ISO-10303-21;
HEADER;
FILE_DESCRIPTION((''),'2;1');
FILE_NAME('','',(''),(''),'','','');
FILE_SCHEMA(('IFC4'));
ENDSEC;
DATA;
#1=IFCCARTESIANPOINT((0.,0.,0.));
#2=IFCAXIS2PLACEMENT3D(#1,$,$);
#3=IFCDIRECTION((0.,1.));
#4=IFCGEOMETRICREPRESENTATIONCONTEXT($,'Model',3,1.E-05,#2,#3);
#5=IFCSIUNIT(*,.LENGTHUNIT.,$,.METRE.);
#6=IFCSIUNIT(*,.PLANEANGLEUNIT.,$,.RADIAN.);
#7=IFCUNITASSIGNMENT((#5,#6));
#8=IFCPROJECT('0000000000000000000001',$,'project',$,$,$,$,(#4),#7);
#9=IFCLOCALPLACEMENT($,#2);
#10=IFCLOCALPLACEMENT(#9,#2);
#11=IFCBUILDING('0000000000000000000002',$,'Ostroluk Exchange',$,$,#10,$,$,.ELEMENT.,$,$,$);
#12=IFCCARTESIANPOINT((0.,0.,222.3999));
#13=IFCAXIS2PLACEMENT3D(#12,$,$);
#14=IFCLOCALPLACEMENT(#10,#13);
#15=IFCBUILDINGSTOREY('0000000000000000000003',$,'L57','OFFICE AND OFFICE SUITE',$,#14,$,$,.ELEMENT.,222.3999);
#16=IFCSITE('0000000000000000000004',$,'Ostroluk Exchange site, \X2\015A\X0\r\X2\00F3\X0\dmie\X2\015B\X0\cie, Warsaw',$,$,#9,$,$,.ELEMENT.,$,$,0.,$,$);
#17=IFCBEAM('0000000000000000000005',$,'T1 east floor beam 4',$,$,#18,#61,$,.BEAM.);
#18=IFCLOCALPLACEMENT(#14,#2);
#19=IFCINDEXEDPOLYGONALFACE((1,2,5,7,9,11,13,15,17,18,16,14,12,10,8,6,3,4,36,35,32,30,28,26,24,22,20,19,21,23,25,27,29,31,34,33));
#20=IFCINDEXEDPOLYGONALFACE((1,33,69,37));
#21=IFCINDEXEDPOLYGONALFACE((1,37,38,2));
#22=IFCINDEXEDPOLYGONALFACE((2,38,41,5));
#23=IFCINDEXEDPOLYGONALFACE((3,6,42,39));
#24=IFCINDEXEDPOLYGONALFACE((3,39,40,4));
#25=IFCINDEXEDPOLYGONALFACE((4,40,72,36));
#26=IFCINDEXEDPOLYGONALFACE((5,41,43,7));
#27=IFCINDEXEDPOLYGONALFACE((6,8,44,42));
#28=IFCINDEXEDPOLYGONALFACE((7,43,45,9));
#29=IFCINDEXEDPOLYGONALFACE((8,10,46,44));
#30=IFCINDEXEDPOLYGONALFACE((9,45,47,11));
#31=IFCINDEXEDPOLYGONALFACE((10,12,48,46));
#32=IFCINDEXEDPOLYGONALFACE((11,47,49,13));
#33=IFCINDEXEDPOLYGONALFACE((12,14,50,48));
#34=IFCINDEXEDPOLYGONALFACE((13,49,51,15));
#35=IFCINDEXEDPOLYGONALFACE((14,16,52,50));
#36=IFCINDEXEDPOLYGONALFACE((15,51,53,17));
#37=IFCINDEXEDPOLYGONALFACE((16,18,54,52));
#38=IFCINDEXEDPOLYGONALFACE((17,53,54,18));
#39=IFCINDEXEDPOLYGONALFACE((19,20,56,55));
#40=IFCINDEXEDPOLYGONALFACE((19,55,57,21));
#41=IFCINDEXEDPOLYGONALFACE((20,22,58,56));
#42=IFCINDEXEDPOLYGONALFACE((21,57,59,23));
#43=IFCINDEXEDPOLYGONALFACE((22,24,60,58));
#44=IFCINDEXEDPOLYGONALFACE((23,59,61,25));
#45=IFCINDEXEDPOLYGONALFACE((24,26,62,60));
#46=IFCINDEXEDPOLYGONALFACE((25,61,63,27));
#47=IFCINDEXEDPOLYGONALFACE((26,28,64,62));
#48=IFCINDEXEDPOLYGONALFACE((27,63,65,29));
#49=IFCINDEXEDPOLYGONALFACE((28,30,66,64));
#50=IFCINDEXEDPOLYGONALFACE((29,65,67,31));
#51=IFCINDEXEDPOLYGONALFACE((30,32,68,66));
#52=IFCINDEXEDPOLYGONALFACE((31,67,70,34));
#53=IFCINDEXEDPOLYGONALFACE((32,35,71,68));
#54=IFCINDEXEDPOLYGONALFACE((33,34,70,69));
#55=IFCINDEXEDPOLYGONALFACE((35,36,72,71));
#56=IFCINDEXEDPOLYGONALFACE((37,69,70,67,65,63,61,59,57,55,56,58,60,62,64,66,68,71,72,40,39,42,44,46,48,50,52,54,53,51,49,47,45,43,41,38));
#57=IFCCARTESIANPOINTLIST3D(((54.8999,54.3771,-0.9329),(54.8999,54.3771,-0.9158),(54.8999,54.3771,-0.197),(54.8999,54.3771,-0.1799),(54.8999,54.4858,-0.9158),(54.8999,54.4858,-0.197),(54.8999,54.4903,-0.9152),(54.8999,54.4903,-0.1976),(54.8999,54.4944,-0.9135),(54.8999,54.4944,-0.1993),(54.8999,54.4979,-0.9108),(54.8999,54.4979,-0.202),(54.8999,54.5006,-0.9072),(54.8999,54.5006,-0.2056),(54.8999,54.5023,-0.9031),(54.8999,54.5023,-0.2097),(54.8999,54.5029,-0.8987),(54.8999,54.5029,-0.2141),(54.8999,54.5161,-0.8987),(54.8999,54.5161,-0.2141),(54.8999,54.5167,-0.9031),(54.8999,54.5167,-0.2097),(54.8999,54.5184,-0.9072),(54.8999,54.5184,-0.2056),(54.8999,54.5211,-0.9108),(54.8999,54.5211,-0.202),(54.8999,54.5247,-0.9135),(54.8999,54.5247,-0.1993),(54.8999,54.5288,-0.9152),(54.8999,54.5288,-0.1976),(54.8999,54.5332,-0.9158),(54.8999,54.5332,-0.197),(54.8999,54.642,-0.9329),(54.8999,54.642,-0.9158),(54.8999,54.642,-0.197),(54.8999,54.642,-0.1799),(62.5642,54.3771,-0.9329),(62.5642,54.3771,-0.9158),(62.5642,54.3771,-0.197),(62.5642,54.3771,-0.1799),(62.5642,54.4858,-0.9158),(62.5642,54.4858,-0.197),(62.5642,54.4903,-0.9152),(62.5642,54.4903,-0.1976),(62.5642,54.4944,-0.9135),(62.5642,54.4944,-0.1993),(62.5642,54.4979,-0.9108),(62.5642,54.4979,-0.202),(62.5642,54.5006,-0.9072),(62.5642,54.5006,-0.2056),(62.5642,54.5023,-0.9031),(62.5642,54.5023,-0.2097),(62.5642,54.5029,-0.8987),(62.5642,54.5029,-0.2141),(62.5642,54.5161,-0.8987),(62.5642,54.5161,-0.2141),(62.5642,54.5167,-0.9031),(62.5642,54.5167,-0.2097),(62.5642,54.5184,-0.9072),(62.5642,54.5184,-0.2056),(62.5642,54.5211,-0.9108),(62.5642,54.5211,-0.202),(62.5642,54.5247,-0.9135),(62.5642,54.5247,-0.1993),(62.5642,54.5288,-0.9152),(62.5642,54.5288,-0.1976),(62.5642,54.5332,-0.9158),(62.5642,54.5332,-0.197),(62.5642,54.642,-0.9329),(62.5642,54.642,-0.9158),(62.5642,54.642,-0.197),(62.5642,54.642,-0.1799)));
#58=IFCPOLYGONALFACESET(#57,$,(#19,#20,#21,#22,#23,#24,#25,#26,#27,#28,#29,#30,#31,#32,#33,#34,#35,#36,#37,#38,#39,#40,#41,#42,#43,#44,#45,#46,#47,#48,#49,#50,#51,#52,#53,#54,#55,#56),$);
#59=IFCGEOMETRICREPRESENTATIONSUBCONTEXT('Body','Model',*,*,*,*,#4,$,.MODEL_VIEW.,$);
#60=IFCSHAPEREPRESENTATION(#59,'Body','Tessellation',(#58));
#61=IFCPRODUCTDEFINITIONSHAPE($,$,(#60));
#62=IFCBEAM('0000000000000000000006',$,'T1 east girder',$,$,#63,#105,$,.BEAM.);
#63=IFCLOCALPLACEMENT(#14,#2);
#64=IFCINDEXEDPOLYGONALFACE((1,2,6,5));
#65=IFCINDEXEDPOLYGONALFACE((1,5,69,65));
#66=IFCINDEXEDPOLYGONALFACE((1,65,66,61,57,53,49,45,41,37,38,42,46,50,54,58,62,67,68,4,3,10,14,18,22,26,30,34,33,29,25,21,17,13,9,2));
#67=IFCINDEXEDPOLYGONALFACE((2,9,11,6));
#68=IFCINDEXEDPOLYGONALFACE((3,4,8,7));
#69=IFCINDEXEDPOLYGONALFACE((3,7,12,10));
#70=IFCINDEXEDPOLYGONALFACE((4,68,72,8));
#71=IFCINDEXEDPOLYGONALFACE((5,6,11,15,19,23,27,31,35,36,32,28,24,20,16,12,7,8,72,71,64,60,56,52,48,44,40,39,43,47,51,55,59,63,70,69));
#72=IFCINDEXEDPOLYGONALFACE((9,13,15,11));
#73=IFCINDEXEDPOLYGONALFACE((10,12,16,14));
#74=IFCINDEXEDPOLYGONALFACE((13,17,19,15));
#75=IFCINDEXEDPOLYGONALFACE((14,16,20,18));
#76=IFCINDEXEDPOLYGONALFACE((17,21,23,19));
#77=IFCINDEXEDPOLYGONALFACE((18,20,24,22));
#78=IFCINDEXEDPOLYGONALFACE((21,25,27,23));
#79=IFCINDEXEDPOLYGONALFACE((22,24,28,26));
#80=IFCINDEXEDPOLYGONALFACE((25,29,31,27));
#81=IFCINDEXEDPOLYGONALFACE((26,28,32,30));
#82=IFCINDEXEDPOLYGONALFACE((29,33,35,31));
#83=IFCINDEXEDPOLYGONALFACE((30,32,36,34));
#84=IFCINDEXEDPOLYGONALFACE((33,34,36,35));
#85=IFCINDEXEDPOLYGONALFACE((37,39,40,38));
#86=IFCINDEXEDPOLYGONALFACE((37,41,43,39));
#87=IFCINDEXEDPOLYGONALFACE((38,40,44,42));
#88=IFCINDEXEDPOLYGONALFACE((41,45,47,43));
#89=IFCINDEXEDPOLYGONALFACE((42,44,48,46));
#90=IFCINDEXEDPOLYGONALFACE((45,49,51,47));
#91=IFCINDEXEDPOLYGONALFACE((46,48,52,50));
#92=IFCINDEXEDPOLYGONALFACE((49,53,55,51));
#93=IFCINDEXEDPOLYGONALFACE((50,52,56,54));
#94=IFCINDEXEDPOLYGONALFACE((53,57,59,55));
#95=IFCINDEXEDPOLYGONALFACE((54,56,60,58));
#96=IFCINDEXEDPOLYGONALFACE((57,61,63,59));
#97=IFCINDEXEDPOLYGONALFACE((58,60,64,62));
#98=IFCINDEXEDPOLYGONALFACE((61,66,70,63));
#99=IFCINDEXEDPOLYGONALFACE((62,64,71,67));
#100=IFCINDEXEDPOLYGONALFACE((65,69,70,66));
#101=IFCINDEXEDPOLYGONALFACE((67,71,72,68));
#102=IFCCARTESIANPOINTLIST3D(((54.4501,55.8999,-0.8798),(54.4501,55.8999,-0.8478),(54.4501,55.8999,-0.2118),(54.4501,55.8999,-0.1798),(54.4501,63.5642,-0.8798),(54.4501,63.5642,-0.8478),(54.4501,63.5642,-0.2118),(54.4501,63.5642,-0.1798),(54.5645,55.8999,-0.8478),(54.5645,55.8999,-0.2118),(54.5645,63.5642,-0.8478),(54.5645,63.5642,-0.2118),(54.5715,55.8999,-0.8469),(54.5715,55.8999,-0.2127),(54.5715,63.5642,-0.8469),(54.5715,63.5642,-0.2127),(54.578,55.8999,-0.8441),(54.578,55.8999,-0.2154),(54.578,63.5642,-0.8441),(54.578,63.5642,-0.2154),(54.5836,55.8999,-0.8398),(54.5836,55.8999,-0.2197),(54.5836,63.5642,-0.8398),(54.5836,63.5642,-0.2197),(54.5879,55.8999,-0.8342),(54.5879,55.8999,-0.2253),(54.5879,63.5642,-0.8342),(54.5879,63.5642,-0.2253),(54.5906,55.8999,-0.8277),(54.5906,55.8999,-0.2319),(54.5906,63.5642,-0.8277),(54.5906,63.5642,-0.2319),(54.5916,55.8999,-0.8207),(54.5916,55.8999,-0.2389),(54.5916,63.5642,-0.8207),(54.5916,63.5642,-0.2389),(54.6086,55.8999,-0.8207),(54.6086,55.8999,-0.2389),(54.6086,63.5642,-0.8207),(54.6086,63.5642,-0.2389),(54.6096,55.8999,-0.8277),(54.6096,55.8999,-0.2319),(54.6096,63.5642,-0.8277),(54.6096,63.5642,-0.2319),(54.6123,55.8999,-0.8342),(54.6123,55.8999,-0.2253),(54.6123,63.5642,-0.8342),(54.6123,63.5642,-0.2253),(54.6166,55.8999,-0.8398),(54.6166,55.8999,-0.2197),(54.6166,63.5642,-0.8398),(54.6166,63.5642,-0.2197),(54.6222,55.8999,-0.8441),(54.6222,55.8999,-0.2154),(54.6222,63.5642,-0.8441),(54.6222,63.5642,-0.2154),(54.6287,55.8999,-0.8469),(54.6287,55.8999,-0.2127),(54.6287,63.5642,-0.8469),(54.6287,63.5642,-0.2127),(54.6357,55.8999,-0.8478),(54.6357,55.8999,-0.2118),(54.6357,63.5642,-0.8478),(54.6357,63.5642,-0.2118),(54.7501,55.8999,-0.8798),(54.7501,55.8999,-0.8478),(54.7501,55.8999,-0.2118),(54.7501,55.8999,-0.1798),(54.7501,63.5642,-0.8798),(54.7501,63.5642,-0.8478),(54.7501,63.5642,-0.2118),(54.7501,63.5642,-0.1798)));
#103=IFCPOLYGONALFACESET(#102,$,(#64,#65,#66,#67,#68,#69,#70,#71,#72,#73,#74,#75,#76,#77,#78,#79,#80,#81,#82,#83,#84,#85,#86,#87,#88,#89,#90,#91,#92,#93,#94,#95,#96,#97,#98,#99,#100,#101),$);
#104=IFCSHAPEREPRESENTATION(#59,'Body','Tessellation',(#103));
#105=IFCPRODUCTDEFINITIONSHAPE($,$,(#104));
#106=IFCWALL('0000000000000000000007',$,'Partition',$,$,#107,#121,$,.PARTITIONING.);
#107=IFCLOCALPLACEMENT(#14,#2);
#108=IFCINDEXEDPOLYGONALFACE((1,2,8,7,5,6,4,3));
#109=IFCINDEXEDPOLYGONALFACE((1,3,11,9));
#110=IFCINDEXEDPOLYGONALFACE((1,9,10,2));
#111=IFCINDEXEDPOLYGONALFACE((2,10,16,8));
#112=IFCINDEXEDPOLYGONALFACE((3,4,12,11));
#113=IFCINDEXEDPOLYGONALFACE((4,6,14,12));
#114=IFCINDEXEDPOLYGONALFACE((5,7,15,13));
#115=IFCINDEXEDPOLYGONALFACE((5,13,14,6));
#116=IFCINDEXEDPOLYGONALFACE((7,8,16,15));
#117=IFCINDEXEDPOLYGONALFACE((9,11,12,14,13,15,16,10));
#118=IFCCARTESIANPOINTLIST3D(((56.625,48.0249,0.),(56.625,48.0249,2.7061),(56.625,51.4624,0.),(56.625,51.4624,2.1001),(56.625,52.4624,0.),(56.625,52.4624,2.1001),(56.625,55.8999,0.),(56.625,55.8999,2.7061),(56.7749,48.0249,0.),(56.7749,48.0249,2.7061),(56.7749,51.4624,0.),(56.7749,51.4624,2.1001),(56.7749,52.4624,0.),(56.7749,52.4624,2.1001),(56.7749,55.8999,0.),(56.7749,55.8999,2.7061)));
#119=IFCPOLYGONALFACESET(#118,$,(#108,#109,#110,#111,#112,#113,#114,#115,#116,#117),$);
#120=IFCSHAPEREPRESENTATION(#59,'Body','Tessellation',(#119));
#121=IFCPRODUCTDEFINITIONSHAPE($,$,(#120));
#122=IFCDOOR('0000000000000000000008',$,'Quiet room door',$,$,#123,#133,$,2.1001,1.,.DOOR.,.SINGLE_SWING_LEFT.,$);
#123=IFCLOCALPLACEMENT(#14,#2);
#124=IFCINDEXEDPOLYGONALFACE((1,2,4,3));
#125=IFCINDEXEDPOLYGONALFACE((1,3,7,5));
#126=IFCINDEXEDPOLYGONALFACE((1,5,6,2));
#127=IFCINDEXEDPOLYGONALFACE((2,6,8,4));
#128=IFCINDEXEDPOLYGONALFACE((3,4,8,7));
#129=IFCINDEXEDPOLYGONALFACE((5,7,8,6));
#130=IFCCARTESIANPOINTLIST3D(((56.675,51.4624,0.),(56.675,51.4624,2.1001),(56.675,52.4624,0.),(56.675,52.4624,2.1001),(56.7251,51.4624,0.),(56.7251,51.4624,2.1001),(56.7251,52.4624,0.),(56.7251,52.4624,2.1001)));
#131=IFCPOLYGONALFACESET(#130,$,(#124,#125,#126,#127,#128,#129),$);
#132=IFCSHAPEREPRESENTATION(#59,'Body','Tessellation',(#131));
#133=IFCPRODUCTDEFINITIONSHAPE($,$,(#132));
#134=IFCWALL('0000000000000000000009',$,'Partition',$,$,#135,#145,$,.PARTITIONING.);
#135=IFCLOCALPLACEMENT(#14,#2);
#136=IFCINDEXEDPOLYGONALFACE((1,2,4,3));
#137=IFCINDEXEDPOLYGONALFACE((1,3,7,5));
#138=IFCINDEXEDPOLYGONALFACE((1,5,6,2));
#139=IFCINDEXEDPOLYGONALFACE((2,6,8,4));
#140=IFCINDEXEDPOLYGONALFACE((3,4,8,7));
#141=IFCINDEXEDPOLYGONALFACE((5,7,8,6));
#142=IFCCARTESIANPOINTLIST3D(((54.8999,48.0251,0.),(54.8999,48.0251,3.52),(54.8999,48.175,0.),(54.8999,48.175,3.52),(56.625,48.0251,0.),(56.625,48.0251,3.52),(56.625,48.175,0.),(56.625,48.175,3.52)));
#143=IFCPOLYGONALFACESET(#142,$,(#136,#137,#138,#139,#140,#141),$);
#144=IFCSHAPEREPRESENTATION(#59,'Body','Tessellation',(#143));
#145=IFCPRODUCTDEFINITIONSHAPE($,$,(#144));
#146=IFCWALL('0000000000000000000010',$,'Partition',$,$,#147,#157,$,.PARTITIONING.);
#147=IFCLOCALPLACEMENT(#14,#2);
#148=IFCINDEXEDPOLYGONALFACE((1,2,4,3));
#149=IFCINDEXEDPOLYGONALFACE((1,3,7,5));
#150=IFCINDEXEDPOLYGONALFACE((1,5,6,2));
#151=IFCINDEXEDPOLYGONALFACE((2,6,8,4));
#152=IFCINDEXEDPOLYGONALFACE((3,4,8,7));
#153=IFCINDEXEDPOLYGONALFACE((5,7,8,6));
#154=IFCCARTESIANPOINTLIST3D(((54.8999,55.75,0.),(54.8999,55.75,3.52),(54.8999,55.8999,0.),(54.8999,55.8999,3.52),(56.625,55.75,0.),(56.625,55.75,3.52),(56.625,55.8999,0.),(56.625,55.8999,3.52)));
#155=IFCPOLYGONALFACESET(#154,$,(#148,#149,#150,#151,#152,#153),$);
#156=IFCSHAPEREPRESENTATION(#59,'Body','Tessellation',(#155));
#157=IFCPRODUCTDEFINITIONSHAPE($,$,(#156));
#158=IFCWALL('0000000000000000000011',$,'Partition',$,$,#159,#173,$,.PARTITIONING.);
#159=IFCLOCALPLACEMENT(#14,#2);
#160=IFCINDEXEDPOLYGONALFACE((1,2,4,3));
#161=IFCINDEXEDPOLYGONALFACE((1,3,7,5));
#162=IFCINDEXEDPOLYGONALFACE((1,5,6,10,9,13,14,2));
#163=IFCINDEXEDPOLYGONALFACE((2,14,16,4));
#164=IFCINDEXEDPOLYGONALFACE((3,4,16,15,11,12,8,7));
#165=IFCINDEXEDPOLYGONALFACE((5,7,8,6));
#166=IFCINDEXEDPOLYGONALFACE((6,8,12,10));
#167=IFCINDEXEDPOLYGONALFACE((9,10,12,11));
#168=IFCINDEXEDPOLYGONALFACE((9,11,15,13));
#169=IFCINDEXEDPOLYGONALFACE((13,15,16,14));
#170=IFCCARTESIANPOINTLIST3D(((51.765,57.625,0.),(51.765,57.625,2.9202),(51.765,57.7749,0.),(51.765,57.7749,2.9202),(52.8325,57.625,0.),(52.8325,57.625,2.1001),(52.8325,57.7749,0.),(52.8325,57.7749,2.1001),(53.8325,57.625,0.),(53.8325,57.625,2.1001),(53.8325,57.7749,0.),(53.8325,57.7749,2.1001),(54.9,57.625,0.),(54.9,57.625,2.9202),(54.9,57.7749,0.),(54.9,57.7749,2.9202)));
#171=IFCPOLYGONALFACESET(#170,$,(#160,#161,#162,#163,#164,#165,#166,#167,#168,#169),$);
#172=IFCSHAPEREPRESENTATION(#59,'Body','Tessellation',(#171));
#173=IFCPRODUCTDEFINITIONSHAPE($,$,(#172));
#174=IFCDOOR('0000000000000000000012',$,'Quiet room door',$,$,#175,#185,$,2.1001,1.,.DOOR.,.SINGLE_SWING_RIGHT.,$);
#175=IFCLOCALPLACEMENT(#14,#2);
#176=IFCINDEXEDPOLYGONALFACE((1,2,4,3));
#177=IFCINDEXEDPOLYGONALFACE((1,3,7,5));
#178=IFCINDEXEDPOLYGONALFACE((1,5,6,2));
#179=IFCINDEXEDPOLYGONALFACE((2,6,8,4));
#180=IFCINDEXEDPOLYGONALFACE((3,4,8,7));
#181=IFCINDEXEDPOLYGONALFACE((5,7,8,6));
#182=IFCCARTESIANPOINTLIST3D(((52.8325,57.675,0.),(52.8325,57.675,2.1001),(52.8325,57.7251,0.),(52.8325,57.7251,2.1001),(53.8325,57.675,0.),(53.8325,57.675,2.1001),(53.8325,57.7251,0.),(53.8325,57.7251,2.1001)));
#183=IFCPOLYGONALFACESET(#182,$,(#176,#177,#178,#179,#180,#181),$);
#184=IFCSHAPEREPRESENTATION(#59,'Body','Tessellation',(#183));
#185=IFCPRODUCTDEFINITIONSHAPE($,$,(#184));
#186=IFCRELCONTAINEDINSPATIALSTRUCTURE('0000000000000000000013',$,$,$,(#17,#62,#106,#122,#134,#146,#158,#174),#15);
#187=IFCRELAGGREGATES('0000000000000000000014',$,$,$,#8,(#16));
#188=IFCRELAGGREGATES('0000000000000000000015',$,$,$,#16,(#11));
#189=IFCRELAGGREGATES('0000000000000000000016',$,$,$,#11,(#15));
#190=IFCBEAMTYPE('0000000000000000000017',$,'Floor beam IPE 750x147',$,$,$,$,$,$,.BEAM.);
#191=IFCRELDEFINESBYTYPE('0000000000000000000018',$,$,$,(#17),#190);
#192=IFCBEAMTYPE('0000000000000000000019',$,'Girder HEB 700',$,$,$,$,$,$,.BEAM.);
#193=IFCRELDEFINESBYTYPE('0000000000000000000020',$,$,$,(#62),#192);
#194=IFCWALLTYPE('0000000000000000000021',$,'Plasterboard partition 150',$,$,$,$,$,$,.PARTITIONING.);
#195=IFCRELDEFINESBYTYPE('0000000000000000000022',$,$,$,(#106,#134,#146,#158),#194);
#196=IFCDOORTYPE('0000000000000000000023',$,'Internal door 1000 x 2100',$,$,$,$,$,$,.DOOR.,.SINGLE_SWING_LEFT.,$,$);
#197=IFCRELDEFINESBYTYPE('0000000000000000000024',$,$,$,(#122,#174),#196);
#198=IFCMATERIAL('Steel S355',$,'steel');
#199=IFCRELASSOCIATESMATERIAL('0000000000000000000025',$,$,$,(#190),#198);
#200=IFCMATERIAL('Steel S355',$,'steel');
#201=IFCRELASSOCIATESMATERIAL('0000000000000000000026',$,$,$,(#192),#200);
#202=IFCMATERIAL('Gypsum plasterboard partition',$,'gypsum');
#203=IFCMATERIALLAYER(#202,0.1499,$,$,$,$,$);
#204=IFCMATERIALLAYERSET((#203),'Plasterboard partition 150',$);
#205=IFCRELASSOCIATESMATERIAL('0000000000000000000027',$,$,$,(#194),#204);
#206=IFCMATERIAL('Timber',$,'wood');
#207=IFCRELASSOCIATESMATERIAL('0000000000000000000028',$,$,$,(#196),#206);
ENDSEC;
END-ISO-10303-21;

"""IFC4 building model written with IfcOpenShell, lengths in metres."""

from ifc_helpers import new_model, si_unit, direction, frame, frame_2d, origin, origin_2d, place, context, subcontext, project, spatial, rectangle, i_section, extrude, material, layer, layer_set, material_profile, profile_set, type_object, element, fill, save


model = new_model("IFC4")

# Units and contexts
model_context = context("Model", 3, precision=1e-05, world=origin(), true_north=direction((0.0, 1.0)))
body_context = subcontext(model_context, "Body", "Model", "MODEL_VIEW")
ifc_project = project(units=[si_unit("LENGTHUNIT", "METRE"), si_unit("PLANEANGLEUNIT", "RADIAN")], contexts=[model_context])

# Site, building, storey
site_placement = place(None, origin())
site = spatial("IfcSite", under=ifc_project, at=site_placement, Name="Ostroluk Exchange site, Śródmieście, Warsaw", CompositionType="ELEMENT", RefElevation=0.0)
building_placement = place(site_placement, origin())
building = spatial("IfcBuilding", under=site, at=building_placement, Name="Ostroluk Exchange", CompositionType="ELEMENT")
storey_placement = place(building_placement, frame((0.0, 0.0, 222.3999)))
storey = spatial("IfcBuildingStorey", under=building, at=storey_placement, Name="L57", Description="OFFICE AND OFFICE SUITE", CompositionType="ELEMENT", Elevation=222.3999)

# Beams
ifc_material_1 = material(Name="Steel S355", Category="steel")
ifc_material_profile_1 = material_profile(ifc_material_1, i_section(OverallWidth=0.2649, OverallDepth=0.7529, WebThickness=0.0132, FlangeThickness=0.0171, FilletRadius=0.0171, at=origin_2d()), Name="IPE 750x147")
ifc_profile_set_1 = profile_set([ifc_material_profile_1], Name="Steel S355")
beam_type_1 = type_object("IfcBeamType", Name="Floor beam IPE 750x147", PredefinedType="BEAM", material=ifc_profile_set_1)
for number, where, z_axis, x_axis, name in (
    (1, (54.8999, 54.5095, -0.5564), (1.0, 0.0, 0.0), (0.0, 1.0, 0.0), "T1 east floor beam 4"),
):
    element("IfcBeam", number, at=place(storey_placement, frame(where, z_axis=z_axis, x_axis=x_axis)), inside=storey, type_object=beam_type_1, Name=name, PredefinedType="BEAM", context=body_context, shape_type="SweptSolid", body=[
        extrude(i_section(OverallWidth=0.2649, OverallDepth=0.7529, WebThickness=0.0132, FlangeThickness=0.0171, FilletRadius=0.0171, at=origin_2d()), origin(), (0.0, 0.0, 1.0), 7.6643),
    ])
ifc_material_2 = material(Name="Steel S355", Category="steel")
ifc_material_profile_2 = material_profile(ifc_material_2, i_section(OverallWidth=0.3, OverallDepth=0.7, WebThickness=0.0171, FlangeThickness=0.032, FilletRadius=0.0271, at=origin_2d()), Name="HEB 700")
ifc_profile_set_2 = profile_set([ifc_material_profile_2], Name="Steel S355")
beam_type_2 = type_object("IfcBeamType", Name="Girder HEB 700", PredefinedType="BEAM", material=ifc_profile_set_2)
beam_placement = place(storey_placement, frame((54.6001, 55.8999, -0.5298), z_axis=(0.0, 1.0, 0.0), x_axis=(-1.0, 0.0, 0.0)))
element("IfcBeam", 2, at=beam_placement, inside=storey, type_object=beam_type_2, Name="T1 east girder", PredefinedType="BEAM", context=body_context, shape_type="SweptSolid", body=[
    extrude(i_section(OverallWidth=0.3, OverallDepth=0.7, WebThickness=0.0171, FlangeThickness=0.032, FilletRadius=0.0271, at=origin_2d()), origin(), (0.0, 0.0, 1.0), 7.6643),
])

# Wall, opening, door
ifc_material_3 = material(Name="Gypsum plasterboard partition", Category="gypsum")
ifc_layer = layer(ifc_material_3, 0.1499)
ifc_layer_set = layer_set([ifc_layer], Name="Plasterboard partition 150")
wall_type = type_object("IfcWallType", Name="Plasterboard partition 150", PredefinedType="PARTITIONING", material=ifc_layer_set)
wall_1_placement = place(storey_placement, frame((56.7, 48.0249, 0.0), z_axis=(0.0, 0.0, 1.0), x_axis=(0.0, 1.0, 0.0)))
wall_1 = element("IfcWall", 3, at=wall_1_placement, inside=storey, type_object=wall_type, Name="Partition", PredefinedType="PARTITIONING", context=body_context, shape_type="SweptSolid", body=[
    extrude(rectangle(XDim=7.875, YDim=0.1499, at=frame_2d((3.9375, 0.0))), origin(), (0.0, 0.0, 1.0), 2.7061),
])
opening_1_placement = place(wall_1_placement, frame((3.4375, 0.0, 0.0)))
opening_1 = element("IfcOpeningElement", 4, at=opening_1_placement, cuts=wall_1, PredefinedType="OPENING", context=body_context, shape_type="SweptSolid", body=[
    extrude(rectangle(XDim=1.0, YDim=2.1001, at=frame_2d((0.5, 1.05))), frame((0.0, 0.085, 0.0), z_axis=(0.0, -1.0, 0.0), x_axis=(1.0, 0.0, 0.0)), (0.0, 0.0, 1.0), 0.1699),
])
ifc_material_4 = material(Name="Timber", Category="wood")
door_type = type_object("IfcDoorType", Name="Internal door 1000 x 2100", OperationType="SINGLE_SWING_LEFT", PredefinedType="DOOR", material=ifc_material_4)
door_1_placement = place(opening_1_placement, origin())
door_1 = element("IfcDoor", 5, at=door_1_placement, inside=storey, type_object=door_type, Name="Quiet room door", OperationType="SINGLE_SWING_LEFT", OverallHeight=2.1001, OverallWidth=1.0, PredefinedType="DOOR", context=body_context, shape_type="SweptSolid", body=[
    extrude(rectangle(XDim=1.0, YDim=2.1001, at=frame_2d((0.5, 1.05))), frame((0.0, 0.0249, 0.0), z_axis=(0.0, -1.0, 0.0), x_axis=(1.0, 0.0, 0.0)), (0.0, 0.0, 1.0), 0.05),
])
fill(opening_1, door_1)

# Walls
for number, where, z_axis, x_axis, name in (
    (6, (54.8999, 48.1001, 0.0), (0.0, 0.0, 1.0), (1.0, 0.0, 0.0), "Partition"),
    (7, (54.8999, 55.825, 0.0), (0.0, 0.0, 1.0), (1.0, 0.0, 0.0), "Partition"),
):
    element("IfcWall", number, at=place(storey_placement, frame(where, z_axis=z_axis, x_axis=x_axis)), inside=storey, type_object=wall_type, Name=name, PredefinedType="PARTITIONING", context=body_context, shape_type="SweptSolid", body=[
        extrude(rectangle(XDim=1.7251, YDim=0.1499, at=frame_2d((0.8625, 0.0))), origin(), (0.0, 0.0, 1.0), 3.52),
    ])

# Wall, opening, door
wall_2_placement = place(storey_placement, frame((54.8999, 57.7, 0.0), z_axis=(0.0, 0.0, 1.0), x_axis=(-1.0, 0.0, 0.0)))
wall_2 = element("IfcWall", 8, at=wall_2_placement, inside=storey, type_object=wall_type, Name="Partition", PredefinedType="PARTITIONING", context=body_context, shape_type="SweptSolid", body=[
    extrude(rectangle(XDim=3.135, YDim=0.1499, at=frame_2d((1.5674, 0.0))), origin(), (0.0, 0.0, 1.0), 2.9202),
])
opening_2_placement = place(wall_2_placement, frame((1.0674, 0.0, 0.0)))
opening_2 = element("IfcOpeningElement", 9, at=opening_2_placement, cuts=wall_2, PredefinedType="OPENING", context=body_context, shape_type="SweptSolid", body=[
    extrude(rectangle(XDim=1.0, YDim=2.1001, at=frame_2d((0.5, 1.05))), frame((0.0, 0.085, 0.0), z_axis=(0.0, -1.0, 0.0), x_axis=(1.0, 0.0, 0.0)), (0.0, 0.0, 1.0), 0.1699),
])
door_2_placement = place(opening_2_placement, origin())
door_2 = element("IfcDoor", 10, at=door_2_placement, inside=storey, type_object=door_type, Name="Quiet room door", OperationType="SINGLE_SWING_RIGHT", OverallHeight=2.1001, OverallWidth=1.0, PredefinedType="DOOR", context=body_context, shape_type="SweptSolid", body=[
    extrude(rectangle(XDim=1.0, YDim=2.1001, at=frame_2d((0.5, 1.05))), frame((0.0, 0.0249, 0.0), z_axis=(0.0, -1.0, 0.0), x_axis=(1.0, 0.0, 0.0)), (0.0, 0.0, 1.0), 0.05),
])
fill(opening_2, door_2)

save(model, "model.ifc")
